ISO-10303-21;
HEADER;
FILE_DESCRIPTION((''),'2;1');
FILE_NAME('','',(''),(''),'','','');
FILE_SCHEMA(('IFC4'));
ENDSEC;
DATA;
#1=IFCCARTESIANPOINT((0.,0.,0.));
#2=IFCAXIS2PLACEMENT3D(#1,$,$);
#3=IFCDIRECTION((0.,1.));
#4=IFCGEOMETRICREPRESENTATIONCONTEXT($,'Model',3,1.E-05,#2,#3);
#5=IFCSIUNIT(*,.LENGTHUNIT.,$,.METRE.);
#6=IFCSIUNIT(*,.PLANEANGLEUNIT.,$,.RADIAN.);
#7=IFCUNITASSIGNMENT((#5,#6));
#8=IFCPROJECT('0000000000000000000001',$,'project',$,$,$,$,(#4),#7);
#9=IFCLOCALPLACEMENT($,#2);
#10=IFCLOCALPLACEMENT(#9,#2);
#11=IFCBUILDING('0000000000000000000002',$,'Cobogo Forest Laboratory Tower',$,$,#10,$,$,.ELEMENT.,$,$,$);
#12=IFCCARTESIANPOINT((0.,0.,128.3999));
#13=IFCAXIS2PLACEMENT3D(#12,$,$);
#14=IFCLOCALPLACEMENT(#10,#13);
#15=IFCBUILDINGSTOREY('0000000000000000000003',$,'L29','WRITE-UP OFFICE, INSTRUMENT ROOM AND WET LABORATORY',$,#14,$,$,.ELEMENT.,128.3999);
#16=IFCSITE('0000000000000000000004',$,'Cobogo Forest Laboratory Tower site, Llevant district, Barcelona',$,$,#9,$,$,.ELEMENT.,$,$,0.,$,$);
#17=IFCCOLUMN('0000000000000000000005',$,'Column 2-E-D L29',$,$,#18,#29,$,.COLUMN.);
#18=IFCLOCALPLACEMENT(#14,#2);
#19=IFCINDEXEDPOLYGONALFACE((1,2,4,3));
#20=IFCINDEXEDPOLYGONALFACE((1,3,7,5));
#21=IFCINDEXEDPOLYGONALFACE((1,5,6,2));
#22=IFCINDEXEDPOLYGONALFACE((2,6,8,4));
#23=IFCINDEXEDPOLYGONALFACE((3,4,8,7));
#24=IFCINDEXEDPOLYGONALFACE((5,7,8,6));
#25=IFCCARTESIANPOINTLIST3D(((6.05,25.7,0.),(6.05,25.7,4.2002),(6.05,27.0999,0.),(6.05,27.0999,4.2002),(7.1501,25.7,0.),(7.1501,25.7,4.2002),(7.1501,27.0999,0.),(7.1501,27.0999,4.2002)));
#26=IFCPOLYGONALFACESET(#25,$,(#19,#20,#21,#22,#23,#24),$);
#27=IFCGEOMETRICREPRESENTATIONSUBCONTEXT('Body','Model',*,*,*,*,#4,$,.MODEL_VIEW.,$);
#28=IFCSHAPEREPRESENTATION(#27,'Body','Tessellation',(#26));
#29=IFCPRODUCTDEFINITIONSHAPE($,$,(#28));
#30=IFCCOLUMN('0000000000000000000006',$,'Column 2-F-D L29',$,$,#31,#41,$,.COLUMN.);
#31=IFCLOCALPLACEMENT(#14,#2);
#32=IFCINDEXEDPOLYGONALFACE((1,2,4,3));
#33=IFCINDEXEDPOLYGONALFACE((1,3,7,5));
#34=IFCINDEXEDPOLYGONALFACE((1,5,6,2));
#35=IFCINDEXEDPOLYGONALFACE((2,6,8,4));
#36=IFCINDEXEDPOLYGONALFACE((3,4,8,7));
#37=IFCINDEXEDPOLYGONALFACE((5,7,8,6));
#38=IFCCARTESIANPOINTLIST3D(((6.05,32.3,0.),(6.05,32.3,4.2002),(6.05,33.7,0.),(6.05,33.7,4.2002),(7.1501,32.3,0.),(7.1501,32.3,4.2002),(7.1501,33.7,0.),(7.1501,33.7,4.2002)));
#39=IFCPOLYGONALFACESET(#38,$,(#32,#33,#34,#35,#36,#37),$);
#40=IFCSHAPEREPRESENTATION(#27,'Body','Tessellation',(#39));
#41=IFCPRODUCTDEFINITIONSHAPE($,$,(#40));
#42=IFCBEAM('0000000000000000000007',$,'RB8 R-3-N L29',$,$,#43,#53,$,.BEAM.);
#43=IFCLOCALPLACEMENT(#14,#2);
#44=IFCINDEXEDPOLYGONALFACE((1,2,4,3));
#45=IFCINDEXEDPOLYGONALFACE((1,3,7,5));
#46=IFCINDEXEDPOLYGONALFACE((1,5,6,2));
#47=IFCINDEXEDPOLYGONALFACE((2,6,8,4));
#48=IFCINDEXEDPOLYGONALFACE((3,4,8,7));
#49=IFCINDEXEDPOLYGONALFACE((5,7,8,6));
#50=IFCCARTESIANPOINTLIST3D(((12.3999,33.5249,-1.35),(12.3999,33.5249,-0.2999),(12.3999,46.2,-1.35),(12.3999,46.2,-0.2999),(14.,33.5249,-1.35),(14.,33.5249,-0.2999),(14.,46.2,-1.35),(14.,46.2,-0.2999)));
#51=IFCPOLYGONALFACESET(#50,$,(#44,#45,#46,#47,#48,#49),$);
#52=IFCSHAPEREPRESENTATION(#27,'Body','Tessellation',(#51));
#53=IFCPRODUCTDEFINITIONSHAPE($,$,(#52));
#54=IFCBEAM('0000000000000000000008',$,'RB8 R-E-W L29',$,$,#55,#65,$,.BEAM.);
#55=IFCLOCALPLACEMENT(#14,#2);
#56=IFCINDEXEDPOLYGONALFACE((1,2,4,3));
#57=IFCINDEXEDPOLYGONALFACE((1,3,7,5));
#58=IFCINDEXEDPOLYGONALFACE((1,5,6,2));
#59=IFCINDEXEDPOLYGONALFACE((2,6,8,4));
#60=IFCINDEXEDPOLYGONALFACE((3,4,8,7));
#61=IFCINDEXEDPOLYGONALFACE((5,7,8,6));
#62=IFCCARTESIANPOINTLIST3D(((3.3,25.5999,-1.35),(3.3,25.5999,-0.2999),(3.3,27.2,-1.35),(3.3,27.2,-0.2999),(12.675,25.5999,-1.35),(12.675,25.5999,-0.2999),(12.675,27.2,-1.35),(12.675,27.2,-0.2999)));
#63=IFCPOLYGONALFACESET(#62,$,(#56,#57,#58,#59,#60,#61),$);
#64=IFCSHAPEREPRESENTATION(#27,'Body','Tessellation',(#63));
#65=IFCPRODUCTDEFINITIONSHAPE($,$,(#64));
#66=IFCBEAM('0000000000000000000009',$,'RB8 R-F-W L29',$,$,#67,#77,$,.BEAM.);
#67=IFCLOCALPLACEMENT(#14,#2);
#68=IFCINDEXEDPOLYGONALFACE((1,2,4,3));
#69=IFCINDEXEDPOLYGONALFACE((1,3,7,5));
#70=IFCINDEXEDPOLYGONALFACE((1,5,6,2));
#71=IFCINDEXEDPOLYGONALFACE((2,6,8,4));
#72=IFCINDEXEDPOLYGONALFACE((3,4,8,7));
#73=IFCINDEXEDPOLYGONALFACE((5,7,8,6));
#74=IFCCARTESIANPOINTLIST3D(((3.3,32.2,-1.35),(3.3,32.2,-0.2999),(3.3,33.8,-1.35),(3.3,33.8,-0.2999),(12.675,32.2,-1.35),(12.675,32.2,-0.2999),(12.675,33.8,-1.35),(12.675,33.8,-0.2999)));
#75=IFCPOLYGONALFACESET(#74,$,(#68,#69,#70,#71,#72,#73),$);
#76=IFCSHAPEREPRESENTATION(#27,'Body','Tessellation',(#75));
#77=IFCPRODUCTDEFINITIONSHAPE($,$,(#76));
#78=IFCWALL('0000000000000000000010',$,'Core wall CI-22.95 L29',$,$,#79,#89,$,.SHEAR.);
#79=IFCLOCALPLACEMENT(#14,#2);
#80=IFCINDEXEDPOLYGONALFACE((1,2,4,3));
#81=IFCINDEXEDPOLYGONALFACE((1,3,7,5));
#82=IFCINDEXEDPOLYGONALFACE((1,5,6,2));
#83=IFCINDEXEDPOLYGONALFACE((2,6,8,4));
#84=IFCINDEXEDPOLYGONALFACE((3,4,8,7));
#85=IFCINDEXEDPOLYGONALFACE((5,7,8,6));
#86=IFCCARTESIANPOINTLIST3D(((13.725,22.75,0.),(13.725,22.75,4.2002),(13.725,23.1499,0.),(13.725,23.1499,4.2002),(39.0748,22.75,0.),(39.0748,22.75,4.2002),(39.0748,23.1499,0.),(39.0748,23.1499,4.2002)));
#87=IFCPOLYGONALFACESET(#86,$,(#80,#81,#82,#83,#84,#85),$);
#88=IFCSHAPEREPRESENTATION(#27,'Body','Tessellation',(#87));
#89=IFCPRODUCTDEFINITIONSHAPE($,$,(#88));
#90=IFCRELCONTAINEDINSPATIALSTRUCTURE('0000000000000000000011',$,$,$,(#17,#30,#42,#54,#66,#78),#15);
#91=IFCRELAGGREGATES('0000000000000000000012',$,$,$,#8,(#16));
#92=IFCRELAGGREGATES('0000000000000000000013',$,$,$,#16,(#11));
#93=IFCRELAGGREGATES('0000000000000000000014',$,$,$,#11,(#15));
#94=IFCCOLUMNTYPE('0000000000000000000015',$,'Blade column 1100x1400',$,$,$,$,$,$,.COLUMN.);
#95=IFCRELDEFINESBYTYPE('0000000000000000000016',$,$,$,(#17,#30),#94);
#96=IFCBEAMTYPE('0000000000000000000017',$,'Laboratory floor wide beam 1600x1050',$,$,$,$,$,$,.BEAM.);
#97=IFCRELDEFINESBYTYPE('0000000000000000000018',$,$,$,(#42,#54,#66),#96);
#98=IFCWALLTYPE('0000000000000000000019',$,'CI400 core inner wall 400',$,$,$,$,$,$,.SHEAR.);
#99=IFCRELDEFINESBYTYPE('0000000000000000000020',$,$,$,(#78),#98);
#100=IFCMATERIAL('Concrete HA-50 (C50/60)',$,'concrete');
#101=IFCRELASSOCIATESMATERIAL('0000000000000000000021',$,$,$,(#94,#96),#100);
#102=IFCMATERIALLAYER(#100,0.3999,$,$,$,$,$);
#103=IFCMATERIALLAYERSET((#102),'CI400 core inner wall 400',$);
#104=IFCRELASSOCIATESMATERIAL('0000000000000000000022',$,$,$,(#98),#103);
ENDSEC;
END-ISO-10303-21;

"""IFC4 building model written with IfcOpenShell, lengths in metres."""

from ifc_helpers import new_model, si_unit, direction, frame, frame_2d, origin, origin_2d, place, context, subcontext, project, spatial, rectangle, extrude, material, layer, layer_set, material_profile, profile_set, type_object, element, save


model = new_model("IFC4")

# Units and contexts
model_context = context("Model", 3, precision=1e-05, world=origin(), true_north=direction((0.0, 1.0)))
body_context = subcontext(model_context, "Body", "Model", "MODEL_VIEW")
ifc_project = project(units=[si_unit("LENGTHUNIT", "METRE"), si_unit("PLANEANGLEUNIT", "RADIAN")], contexts=[model_context])

# Site, building, storey
site_placement = place(None, origin())
site = spatial("IfcSite", under=ifc_project, at=site_placement, Name="Cobogo Forest Laboratory Tower site, Llevant district, Barcelona", CompositionType="ELEMENT", RefElevation=0.0)
building_placement = place(site_placement, origin())
building = spatial("IfcBuilding", under=site, at=building_placement, Name="Cobogo Forest Laboratory Tower", CompositionType="ELEMENT")
storey_placement = place(building_placement, frame((0.0, 0.0, 128.3999)))
storey = spatial("IfcBuildingStorey", under=building, at=storey_placement, Name="L29", Description="WRITE-UP OFFICE, INSTRUMENT ROOM AND WET LABORATORY", CompositionType="ELEMENT", Elevation=128.3999)

# Columns
ifc_material_1 = material(Name="Concrete HA-50 (C50/60)", Category="concrete")
ifc_material_profile_1 = material_profile(ifc_material_1, rectangle(XDim=1.3999, YDim=1.1001, at=origin_2d()), Name="RC 1100x1400")
ifc_profile_set_1 = profile_set([ifc_material_profile_1], Name="Concrete HA-50 (C50/60)")
column_type = type_object("IfcColumnType", Name="Blade column 1100x1400", PredefinedType="COLUMN", material=ifc_profile_set_1)
for number, where, z_axis, x_axis, name in (
    (1, (6.6001, 26.3999, 0.0), (0.0, 0.0, 1.0), (0.0, 1.0, 0.0), "Column 2-E-D L29"),
    (2, (6.6001, 33.0, 0.0), (0.0, 0.0, 1.0), (0.0, 1.0, 0.0), "Column 2-F-D L29"),
):
    element("IfcColumn", number, at=place(storey_placement, frame(where, z_axis=z_axis, x_axis=x_axis)), inside=storey, type_object=column_type, Name=name, PredefinedType="COLUMN", context=body_context, shape_type="SweptSolid", body=[
        extrude(rectangle(XDim=1.3999, YDim=1.1001, at=origin_2d()), origin(), (0.0, 0.0, 1.0), 4.2002),
    ])

# Beams
ifc_material_profile_2 = material_profile(ifc_material_1, rectangle(XDim=1.6001, YDim=1.05, at=origin_2d()), Name="RC 1600x1050")
ifc_profile_set_2 = profile_set([ifc_material_profile_2], Name="Concrete HA-50 (C50/60)")
beam_type = type_object("IfcBeamType", Name="Laboratory floor wide beam 1600x1050", PredefinedType="BEAM", material=ifc_profile_set_2)
beam_placement = place(storey_placement, frame((13.2, 33.5249, -0.825), z_axis=(0.0, 1.0, 0.0), x_axis=(-1.0, 0.0, 0.0)))
element("IfcBeam", 3, at=beam_placement, inside=storey, type_object=beam_type, Name="RB8 R-3-N L29", PredefinedType="BEAM", context=body_context, shape_type="SweptSolid", body=[
    extrude(rectangle(XDim=1.6001, YDim=1.05, at=origin_2d()), origin(), (0.0, 0.0, 1.0), 12.675),
])
for number, where, z_axis, x_axis, name in (
    (4, (12.675, 26.3999, -0.825), (-1.0, 0.0, 0.0), (0.0, -1.0, 0.0), "RB8 R-E-W L29"),
    (5, (12.675, 33.0, -0.825), (-1.0, 0.0, 0.0), (0.0, -1.0, 0.0), "RB8 R-F-W L29"),
):
    element("IfcBeam", number, at=place(storey_placement, frame(where, z_axis=z_axis, x_axis=x_axis)), inside=storey, type_object=beam_type, Name=name, PredefinedType="BEAM", context=body_context, shape_type="SweptSolid", body=[
        extrude(rectangle(XDim=1.6001, YDim=1.05, at=origin_2d()), origin(), (0.0, 0.0, 1.0), 9.375),
    ])

# Wall
ifc_layer_1 = layer(ifc_material_1, 0.3999)
ifc_layer_set_1 = layer_set([ifc_layer_1], Name="CI400 core inner wall 400")
wall_type_1 = type_object("IfcWallType", Name="CI400 core inner wall 400", PredefinedType="SHEAR", material=ifc_layer_set_1)
wall_1_placement = place(storey_placement, frame((13.7251, 22.95, 0.0), z_axis=(0.0, 0.0, 1.0), x_axis=(1.0, 0.0, 0.0)))
element("IfcWall", 6, at=wall_1_placement, inside=storey, type_object=wall_type_1, Name="Core wall CI-22.95 L29", PredefinedType="SHEAR", context=body_context, shape_type="SweptSolid", body=[
    extrude(rectangle(XDim=25.3499, YDim=0.3999, at=frame_2d((12.6748, 0.0))), origin(), (0.0, 0.0, 1.0), 4.2002),
])

save(model, "model.ifc")
